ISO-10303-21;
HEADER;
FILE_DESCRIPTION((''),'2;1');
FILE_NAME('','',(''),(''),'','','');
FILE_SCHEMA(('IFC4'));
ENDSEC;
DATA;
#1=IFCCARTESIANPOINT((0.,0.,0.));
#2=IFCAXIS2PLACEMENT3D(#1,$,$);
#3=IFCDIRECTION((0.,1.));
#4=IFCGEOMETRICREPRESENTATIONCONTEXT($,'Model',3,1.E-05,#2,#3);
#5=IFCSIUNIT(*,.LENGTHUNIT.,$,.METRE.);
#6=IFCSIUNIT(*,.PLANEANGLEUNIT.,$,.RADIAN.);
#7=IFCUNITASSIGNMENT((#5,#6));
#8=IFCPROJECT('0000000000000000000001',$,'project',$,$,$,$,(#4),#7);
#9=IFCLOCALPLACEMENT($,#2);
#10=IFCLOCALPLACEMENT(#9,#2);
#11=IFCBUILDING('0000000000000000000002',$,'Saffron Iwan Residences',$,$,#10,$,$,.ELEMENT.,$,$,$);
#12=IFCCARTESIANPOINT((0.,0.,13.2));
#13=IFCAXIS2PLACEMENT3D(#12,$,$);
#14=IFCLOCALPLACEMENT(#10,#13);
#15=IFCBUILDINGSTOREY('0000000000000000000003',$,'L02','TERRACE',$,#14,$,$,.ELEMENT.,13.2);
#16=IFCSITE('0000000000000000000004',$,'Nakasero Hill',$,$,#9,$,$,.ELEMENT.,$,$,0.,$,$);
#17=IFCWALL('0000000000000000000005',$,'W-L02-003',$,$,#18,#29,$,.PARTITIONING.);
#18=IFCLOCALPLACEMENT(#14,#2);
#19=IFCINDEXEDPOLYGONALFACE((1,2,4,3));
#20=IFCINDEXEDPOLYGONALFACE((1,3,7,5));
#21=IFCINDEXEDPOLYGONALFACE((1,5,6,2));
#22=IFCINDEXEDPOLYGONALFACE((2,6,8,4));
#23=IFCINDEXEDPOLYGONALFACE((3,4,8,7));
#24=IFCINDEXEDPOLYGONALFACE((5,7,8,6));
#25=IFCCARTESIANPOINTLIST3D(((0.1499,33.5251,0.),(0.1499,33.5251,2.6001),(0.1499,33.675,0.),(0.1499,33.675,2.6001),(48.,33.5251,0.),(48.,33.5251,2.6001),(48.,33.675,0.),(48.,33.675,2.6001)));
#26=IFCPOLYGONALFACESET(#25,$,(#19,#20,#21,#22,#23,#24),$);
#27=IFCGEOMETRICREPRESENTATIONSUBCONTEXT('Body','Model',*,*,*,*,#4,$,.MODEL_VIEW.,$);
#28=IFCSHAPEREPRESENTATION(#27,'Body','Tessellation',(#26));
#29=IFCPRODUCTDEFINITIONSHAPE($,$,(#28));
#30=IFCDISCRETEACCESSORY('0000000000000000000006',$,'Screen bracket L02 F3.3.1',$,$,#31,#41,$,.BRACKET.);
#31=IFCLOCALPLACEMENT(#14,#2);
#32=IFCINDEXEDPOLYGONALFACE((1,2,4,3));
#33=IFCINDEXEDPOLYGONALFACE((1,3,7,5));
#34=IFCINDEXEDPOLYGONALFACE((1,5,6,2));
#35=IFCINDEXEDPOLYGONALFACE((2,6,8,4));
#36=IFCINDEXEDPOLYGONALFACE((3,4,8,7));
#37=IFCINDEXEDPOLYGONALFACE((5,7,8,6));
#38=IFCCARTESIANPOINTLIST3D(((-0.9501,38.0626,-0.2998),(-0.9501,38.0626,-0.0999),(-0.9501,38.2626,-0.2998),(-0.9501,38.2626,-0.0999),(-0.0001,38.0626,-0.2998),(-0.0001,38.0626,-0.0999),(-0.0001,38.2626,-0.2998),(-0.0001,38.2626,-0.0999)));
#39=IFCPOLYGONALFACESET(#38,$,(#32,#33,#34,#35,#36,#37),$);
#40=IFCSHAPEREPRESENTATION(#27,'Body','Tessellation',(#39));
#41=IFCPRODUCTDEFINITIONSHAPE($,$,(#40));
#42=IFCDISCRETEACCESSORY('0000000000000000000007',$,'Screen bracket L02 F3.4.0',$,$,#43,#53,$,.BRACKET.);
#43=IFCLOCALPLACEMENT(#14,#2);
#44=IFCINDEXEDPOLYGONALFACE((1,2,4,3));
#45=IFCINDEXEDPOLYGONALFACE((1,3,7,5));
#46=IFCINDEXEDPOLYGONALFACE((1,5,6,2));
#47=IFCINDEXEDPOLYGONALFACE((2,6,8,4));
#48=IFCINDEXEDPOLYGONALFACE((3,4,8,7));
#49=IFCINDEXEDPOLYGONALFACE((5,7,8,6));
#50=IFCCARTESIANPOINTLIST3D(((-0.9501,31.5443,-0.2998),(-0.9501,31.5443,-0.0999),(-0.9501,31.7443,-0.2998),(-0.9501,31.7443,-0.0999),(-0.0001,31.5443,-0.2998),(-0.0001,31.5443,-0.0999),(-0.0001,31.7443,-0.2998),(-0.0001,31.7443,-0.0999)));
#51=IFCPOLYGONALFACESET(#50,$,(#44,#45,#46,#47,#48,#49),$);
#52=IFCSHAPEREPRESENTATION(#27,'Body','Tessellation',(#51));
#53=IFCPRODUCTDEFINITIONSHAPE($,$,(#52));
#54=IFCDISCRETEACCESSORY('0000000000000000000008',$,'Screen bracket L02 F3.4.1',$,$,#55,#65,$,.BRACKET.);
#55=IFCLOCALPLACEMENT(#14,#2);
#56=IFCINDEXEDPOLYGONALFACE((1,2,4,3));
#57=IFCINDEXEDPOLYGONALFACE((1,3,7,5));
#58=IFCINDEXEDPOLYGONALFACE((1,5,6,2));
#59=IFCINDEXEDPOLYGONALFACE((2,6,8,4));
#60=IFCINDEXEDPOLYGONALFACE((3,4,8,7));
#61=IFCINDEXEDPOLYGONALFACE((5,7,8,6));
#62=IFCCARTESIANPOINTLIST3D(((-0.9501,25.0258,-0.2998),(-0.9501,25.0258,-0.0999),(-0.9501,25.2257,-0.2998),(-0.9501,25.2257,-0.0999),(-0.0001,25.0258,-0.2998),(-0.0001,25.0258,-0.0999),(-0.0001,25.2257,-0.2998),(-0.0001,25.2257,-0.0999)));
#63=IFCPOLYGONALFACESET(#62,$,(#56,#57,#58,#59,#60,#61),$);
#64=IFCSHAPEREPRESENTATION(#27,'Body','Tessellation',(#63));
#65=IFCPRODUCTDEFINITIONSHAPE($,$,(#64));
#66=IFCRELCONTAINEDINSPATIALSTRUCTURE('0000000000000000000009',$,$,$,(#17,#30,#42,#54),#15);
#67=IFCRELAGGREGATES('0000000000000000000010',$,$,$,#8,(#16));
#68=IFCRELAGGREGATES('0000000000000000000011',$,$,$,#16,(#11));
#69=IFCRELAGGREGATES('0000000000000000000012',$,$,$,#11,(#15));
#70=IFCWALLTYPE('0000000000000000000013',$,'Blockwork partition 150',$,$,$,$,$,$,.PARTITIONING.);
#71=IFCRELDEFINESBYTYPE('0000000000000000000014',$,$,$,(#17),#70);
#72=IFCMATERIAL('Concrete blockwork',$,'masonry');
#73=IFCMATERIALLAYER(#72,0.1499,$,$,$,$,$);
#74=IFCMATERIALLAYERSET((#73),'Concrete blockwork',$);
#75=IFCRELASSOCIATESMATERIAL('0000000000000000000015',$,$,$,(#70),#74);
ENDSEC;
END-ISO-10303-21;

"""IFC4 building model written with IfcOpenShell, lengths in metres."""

from ifc_helpers import new_model, si_unit, direction, frame, frame_2d, origin, origin_2d, place, context, subcontext, project, spatial, rectangle, extrude, source, transform, mapped, material, layer, layer_set, type_object, element, save


model = new_model("IFC4")

# Units and contexts
model_context = context("Model", 3, precision=1e-05, world=origin(), true_north=direction((0.0, 1.0)))
body_context = subcontext(model_context, "Body", "Model", "MODEL_VIEW")
ifc_project = project(units=[si_unit("LENGTHUNIT", "METRE"), si_unit("PLANEANGLEUNIT", "RADIAN")], contexts=[model_context])

# Site, building, storey
site_placement = place(None, origin())
site = spatial("IfcSite", under=ifc_project, at=site_placement, Name="Nakasero Hill", CompositionType="ELEMENT", RefElevation=0.0)
building_placement = place(site_placement, origin())
building = spatial("IfcBuilding", under=site, at=building_placement, Name="Saffron Iwan Residences", CompositionType="ELEMENT")
storey_placement = place(building_placement, frame((0.0, 0.0, 13.2)))
storey = spatial("IfcBuildingStorey", under=building, at=storey_placement, Name="L02", Description="TERRACE", CompositionType="ELEMENT", Elevation=13.2)

# Shared definitions
ifc_material_1 = material(Name="Concrete blockwork", Category="masonry")
ifc_layer_1 = layer(ifc_material_1, 0.1499)
ifc_layer_set_1 = layer_set([ifc_layer_1], Name="Concrete blockwork")
wall_type = type_object("IfcWallType", Name="Blockwork partition 150", PredefinedType="PARTITIONING", material=ifc_layer_set_1)

# Wall
wall_1_placement = place(storey_placement, frame((0.1499, 33.6001, 0.0), z_axis=(0.0, 0.0, 1.0), x_axis=(1.0, 0.0, 0.0)))
element("IfcWall", 1, at=wall_1_placement, inside=storey, type_object=wall_type, Name="W-L02-003", PredefinedType="PARTITIONING", context=body_context, shape_type="SweptSolid", body=[
    extrude(rectangle(XDim=47.8501, YDim=0.1499, at=frame_2d((23.925, 0.0))), origin(), (0.0, 0.0, 1.0), 2.6001),
])

# Discrete accessories
shared_shape_1 = source(origin(), body_context, "Body", "SweptSolid", [
    extrude(rectangle(XDim=0.95, YDim=0.2, at=origin_2d()), origin(), (0.0, 0.0, 1.0), 0.2),
])
for number, where, z_axis, x_axis, name in (
    (2, (-0.4751, 38.1626, -0.2998), (0.0, 0.0, 1.0), (-1.0, 0.0, 0.0), "Screen bracket L02 F3.3.1"),
    (3, (-0.4751, 31.6443, -0.2998), (0.0, 0.0, 1.0), (-1.0, 0.0, 0.0), "Screen bracket L02 F3.4.0"),
    (4, (-0.4751, 25.1257, -0.2998), (0.0, 0.0, 1.0), (-1.0, 0.0, 0.0), "Screen bracket L02 F3.4.1"),
):
    element("IfcDiscreteAccessory", number, at=place(storey_placement, frame(where, z_axis=z_axis, x_axis=x_axis)), inside=storey, Name=name, PredefinedType="BRACKET", context=body_context, shape_type="MappedRepresentation", body=[
        mapped(shared_shape_1, transform((0.0, 0.0, 0.0))),
    ])

save(model, "model.ifc")
